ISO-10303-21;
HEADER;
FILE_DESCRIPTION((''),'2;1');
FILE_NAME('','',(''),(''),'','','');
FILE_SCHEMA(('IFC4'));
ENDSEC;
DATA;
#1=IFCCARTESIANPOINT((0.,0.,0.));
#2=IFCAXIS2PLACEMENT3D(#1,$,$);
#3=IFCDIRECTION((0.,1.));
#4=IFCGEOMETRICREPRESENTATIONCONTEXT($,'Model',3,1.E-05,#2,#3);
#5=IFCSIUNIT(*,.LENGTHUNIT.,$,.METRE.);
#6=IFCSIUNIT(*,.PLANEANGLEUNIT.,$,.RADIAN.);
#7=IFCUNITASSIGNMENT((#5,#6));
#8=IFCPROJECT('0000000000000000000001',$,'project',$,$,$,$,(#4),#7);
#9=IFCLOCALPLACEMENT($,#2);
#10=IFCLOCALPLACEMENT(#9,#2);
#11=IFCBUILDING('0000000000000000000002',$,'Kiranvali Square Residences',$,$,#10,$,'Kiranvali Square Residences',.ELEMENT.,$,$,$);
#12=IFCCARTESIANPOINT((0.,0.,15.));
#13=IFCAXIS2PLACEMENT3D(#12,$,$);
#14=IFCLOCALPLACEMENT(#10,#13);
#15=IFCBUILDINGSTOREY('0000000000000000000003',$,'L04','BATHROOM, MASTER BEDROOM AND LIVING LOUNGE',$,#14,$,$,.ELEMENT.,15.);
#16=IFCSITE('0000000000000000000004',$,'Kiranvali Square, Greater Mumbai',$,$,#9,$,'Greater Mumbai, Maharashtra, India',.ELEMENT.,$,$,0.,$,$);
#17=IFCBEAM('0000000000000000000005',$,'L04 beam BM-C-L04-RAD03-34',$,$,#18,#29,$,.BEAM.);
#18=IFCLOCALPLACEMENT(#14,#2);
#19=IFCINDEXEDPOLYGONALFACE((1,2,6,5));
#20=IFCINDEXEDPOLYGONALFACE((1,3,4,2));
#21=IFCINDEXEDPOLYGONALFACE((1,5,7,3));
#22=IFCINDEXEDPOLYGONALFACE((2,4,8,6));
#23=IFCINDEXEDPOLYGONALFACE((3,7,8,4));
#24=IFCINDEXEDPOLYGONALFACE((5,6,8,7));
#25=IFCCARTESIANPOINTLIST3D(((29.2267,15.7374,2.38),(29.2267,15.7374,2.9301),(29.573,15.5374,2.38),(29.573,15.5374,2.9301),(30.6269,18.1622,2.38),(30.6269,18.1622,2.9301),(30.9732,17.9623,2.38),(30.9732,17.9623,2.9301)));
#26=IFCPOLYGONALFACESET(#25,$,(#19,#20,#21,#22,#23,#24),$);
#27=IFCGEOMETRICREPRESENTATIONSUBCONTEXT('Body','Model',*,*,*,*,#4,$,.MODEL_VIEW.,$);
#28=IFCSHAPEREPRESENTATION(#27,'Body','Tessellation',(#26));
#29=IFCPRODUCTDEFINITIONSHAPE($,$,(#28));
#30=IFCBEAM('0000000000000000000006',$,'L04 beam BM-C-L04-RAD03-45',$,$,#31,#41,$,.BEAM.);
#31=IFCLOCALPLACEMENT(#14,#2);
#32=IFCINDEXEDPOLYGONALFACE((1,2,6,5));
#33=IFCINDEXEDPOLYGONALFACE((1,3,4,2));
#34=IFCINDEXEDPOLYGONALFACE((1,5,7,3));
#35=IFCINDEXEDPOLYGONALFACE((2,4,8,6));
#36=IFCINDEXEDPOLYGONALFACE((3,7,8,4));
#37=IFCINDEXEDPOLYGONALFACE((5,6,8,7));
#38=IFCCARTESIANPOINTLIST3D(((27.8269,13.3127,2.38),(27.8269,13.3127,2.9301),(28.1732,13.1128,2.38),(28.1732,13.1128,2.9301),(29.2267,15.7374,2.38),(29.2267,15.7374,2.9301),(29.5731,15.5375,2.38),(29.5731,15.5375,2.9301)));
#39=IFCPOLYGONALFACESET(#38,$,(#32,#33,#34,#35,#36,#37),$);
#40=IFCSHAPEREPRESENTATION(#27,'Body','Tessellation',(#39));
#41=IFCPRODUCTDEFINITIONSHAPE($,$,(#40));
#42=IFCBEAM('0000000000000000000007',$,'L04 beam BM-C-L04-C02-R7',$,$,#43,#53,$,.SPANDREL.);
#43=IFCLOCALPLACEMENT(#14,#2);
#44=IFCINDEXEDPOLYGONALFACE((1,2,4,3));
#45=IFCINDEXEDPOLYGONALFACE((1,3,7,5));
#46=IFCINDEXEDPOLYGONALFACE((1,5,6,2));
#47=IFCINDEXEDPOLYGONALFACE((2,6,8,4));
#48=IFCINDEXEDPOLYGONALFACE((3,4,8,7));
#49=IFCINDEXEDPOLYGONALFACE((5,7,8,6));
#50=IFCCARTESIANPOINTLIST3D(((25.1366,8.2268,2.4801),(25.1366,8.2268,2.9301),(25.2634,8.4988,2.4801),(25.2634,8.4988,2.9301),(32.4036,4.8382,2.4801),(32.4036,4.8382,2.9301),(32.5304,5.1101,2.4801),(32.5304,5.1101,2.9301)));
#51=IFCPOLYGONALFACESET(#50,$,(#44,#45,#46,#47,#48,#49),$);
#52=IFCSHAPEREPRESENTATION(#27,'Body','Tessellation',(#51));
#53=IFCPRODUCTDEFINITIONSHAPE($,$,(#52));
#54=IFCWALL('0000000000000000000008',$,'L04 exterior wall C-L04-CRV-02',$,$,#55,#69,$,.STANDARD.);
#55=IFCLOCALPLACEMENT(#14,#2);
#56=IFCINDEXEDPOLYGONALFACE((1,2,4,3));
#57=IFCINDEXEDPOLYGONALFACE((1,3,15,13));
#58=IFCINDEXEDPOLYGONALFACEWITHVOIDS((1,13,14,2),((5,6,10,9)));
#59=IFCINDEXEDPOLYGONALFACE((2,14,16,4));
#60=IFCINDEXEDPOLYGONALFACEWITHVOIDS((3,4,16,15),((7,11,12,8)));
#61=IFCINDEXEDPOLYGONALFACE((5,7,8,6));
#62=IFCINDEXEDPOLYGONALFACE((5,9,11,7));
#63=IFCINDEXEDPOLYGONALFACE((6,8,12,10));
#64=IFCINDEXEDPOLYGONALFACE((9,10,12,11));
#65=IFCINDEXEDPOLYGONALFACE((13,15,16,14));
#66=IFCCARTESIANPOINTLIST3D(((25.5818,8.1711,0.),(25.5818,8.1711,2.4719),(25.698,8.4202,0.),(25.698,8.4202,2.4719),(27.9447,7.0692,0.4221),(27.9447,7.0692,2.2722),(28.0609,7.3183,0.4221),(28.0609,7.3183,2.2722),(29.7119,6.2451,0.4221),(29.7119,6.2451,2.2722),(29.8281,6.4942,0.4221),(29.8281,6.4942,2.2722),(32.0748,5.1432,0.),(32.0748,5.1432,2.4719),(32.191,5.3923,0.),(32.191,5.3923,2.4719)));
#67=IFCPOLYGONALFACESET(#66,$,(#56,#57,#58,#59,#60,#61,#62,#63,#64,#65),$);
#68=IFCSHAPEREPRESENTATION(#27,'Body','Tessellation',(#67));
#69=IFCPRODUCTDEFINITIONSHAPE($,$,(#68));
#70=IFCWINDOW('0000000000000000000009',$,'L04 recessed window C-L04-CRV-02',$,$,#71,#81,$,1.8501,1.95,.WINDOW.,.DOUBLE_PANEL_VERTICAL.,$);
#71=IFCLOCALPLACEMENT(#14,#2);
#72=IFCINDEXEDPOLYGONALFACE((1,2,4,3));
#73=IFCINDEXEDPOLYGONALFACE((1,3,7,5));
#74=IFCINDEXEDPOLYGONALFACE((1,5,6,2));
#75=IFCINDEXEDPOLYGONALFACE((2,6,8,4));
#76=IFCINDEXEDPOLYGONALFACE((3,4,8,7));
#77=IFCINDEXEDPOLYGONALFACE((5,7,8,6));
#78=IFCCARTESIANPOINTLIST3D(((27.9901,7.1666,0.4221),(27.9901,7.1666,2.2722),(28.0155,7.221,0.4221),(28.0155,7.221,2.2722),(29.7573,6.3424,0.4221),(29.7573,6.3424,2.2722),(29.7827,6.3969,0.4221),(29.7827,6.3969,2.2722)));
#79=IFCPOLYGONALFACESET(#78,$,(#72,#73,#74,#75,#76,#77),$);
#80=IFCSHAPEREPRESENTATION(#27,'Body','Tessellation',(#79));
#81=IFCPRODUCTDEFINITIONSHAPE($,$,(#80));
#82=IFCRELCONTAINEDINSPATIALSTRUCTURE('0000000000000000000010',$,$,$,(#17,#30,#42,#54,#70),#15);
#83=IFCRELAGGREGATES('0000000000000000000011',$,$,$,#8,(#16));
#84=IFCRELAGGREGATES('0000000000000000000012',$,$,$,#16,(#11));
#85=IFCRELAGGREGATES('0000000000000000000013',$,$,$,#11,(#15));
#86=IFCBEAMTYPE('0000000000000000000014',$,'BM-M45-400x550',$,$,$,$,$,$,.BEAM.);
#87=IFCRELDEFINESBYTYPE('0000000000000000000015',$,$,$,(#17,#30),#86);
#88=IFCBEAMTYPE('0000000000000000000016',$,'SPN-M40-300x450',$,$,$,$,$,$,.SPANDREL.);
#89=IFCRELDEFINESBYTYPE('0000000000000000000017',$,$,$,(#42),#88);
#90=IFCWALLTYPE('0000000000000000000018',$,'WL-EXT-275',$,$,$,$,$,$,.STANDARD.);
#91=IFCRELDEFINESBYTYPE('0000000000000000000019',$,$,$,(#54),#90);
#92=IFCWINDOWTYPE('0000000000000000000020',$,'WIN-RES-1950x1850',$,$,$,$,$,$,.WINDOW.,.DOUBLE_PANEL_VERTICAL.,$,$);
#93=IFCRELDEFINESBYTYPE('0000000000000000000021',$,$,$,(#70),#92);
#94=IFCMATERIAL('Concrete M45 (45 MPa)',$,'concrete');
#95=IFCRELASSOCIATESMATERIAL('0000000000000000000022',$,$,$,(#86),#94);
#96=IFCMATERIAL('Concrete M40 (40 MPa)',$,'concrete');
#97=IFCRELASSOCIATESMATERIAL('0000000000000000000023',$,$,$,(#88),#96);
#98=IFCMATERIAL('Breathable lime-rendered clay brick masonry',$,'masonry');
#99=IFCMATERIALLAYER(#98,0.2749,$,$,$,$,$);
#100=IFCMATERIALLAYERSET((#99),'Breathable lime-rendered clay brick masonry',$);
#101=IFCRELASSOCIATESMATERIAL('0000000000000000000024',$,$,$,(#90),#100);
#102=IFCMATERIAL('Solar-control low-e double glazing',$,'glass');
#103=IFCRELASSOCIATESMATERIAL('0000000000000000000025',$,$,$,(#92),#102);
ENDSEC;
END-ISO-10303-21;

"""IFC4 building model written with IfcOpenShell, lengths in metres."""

from ifc_helpers import new_model, si_unit, direction, frame, frame_2d, origin, origin_2d, place, context, subcontext, project, spatial, rectangle, extrude, material, layer, layer_set, material_profile, profile_set, type_object, element, fill, save


model = new_model("IFC4")

# Units and contexts
model_context = context("Model", 3, precision=1e-05, world=origin(), true_north=direction((0.0, 1.0)))
body_context = subcontext(model_context, "Body", "Model", "MODEL_VIEW")
ifc_project = project(units=[si_unit("LENGTHUNIT", "METRE"), si_unit("PLANEANGLEUNIT", "RADIAN")], contexts=[model_context])

# Site, building, storey
site_placement = place(None, origin())
site = spatial("IfcSite", under=ifc_project, at=site_placement, Name="Kiranvali Square, Greater Mumbai", LongName="Greater Mumbai, Maharashtra, India", CompositionType="ELEMENT", RefElevation=0.0)
building_placement = place(site_placement, origin())
building = spatial("IfcBuilding", under=site, at=building_placement, Name="Kiranvali Square Residences", LongName="Kiranvali Square Residences", CompositionType="ELEMENT")
storey_placement = place(building_placement, frame((0.0, 0.0, 15.0)))
storey = spatial("IfcBuildingStorey", under=building, at=storey_placement, Name="L04", Description="BATHROOM, MASTER BEDROOM AND LIVING LOUNGE", CompositionType="ELEMENT", Elevation=15.0)

# Beams
ifc_material_1 = material(Name="Concrete M45 (45 MPa)", Category="concrete")
ifc_material_profile_1 = material_profile(ifc_material_1, rectangle(XDim=0.3999, YDim=0.55, at=origin_2d()), Name="RC 400x550")
ifc_profile_set_1 = profile_set([ifc_material_profile_1], Name="Concrete M45 (45 MPa)")
beam_type_1 = type_object("IfcBeamType", Name="BM-M45-400x550", PredefinedType="BEAM", material=ifc_profile_set_1)
for number, where, z_axis, x_axis, name in (
    (1, (30.8, 18.0623, 2.655), (-0.50005, -0.865997, 0.0), (0.865997, -0.50005, 0.0), "L04 beam BM-C-L04-RAD03-34"),
):
    element("IfcBeam", number, at=place(storey_placement, frame(where, z_axis=z_axis, x_axis=x_axis)), inside=storey, type_object=beam_type_1, Name=name, PredefinedType="BEAM", context=body_context, shape_type="SweptSolid", body=[
        extrude(rectangle(XDim=0.3999, YDim=0.55, at=origin_2d()), origin(), (0.0, 0.0, 1.0), 2.8),
    ])
beam_1_placement = place(storey_placement, frame((29.3999, 15.6375, 2.655), z_axis=(-0.499984, -0.866035, 0.0), x_axis=(0.866035, -0.499984, 0.0)))
element("IfcBeam", 2, at=beam_1_placement, inside=storey, type_object=beam_type_1, Name="L04 beam BM-C-L04-RAD03-45", PredefinedType="BEAM", context=body_context, shape_type="SweptSolid", body=[
    extrude(rectangle(XDim=0.3999, YDim=0.55, at=origin_2d()), origin(), (0.0, 0.0, 1.0), 2.7998),
])
ifc_material_2 = material(Name="Concrete M40 (40 MPa)", Category="concrete")
ifc_material_profile_2 = material_profile(ifc_material_2, rectangle(XDim=0.3, YDim=0.45, at=origin_2d()), Name="RC 300x450")
ifc_profile_set_2 = profile_set([ifc_material_profile_2], Name="Concrete M40 (40 MPa)")
beam_type_2 = type_object("IfcBeamType", Name="SPN-M40-300x450", PredefinedType="SPANDREL", material=ifc_profile_set_2)
beam_2_placement = place(storey_placement, frame((32.467, 4.9741, 2.7051), z_axis=(-0.906309, 0.422615, 0.0), x_axis=(-0.422615, -0.906309, 0.0)))
element("IfcBeam", 3, at=beam_2_placement, inside=storey, type_object=beam_type_2, Name="L04 beam BM-C-L04-C02-R7", PredefinedType="SPANDREL", context=body_context, shape_type="SweptSolid", body=[
    extrude(rectangle(XDim=0.3, YDim=0.45, at=origin_2d()), origin(), (0.0, 0.0, 1.0), 8.0183),
])

# Wall, opening, window
ifc_material_3 = material(Name="Breathable lime-rendered clay brick masonry", Category="masonry")
ifc_layer = layer(ifc_material_3, 0.2749)
ifc_layer_set = layer_set([ifc_layer], Name="Breathable lime-rendered clay brick masonry")
wall_type = type_object("IfcWallType", Name="WL-EXT-275", PredefinedType="STANDARD", material=ifc_layer_set)
wall_placement = place(storey_placement, frame((32.1328, 5.2678, 0.0), z_axis=(0.0, 0.0, 1.0), x_axis=(-0.906301, 0.422634, 0.0)))
wall = element("IfcWall", 4, at=wall_placement, inside=storey, type_object=wall_type, Name="L04 exterior wall C-L04-CRV-02", PredefinedType="STANDARD", context=body_context, shape_type="SweptSolid", body=[
    extrude(rectangle(XDim=7.1643, YDim=0.2749, at=frame_2d((3.582, 0.0))), origin(), (0.0, 0.0, 1.0), 2.4719),
])
opening_placement = place(wall_placement, frame((2.6069, 0.0, 0.4221)))
opening = element("IfcOpeningElement", 5, at=opening_placement, cuts=wall, PredefinedType="OPENING", context=body_context, shape_type="SweptSolid", body=[
    extrude(rectangle(XDim=1.95, YDim=1.8501, at=frame_2d((0.9751, 0.925))), frame((0.0, 0.1475, 0.0), z_axis=(0.0, -1.0, 0.0), x_axis=(1.0, 0.0, 0.0)), (0.0, 0.0, 1.0), 0.2949),
])
ifc_material_4 = material(Name="Solar-control low-e double glazing", Category="glass")
window_type = type_object("IfcWindowType", Name="WIN-RES-1950x1850", PartitioningType="DOUBLE_PANEL_VERTICAL", PredefinedType="WINDOW", material=ifc_material_4)
window_placement = place(opening_placement, origin())
window = element("IfcWindow", 6, at=window_placement, inside=storey, type_object=window_type, Name="L04 recessed window C-L04-CRV-02", OverallHeight=1.8501, OverallWidth=1.95, PartitioningType="DOUBLE_PANEL_VERTICAL", PredefinedType="WINDOW", context=body_context, shape_type="SweptSolid", body=[
    extrude(rectangle(XDim=1.95, YDim=1.8501, at=frame_2d((0.9751, 0.925))), frame((0.0, 0.03, 0.0), z_axis=(0.0, -1.0, 0.0), x_axis=(1.0, 0.0, 0.0)), (0.0, 0.0, 1.0), 0.0601),
])
fill(opening, window)

save(model, "model.ifc")
